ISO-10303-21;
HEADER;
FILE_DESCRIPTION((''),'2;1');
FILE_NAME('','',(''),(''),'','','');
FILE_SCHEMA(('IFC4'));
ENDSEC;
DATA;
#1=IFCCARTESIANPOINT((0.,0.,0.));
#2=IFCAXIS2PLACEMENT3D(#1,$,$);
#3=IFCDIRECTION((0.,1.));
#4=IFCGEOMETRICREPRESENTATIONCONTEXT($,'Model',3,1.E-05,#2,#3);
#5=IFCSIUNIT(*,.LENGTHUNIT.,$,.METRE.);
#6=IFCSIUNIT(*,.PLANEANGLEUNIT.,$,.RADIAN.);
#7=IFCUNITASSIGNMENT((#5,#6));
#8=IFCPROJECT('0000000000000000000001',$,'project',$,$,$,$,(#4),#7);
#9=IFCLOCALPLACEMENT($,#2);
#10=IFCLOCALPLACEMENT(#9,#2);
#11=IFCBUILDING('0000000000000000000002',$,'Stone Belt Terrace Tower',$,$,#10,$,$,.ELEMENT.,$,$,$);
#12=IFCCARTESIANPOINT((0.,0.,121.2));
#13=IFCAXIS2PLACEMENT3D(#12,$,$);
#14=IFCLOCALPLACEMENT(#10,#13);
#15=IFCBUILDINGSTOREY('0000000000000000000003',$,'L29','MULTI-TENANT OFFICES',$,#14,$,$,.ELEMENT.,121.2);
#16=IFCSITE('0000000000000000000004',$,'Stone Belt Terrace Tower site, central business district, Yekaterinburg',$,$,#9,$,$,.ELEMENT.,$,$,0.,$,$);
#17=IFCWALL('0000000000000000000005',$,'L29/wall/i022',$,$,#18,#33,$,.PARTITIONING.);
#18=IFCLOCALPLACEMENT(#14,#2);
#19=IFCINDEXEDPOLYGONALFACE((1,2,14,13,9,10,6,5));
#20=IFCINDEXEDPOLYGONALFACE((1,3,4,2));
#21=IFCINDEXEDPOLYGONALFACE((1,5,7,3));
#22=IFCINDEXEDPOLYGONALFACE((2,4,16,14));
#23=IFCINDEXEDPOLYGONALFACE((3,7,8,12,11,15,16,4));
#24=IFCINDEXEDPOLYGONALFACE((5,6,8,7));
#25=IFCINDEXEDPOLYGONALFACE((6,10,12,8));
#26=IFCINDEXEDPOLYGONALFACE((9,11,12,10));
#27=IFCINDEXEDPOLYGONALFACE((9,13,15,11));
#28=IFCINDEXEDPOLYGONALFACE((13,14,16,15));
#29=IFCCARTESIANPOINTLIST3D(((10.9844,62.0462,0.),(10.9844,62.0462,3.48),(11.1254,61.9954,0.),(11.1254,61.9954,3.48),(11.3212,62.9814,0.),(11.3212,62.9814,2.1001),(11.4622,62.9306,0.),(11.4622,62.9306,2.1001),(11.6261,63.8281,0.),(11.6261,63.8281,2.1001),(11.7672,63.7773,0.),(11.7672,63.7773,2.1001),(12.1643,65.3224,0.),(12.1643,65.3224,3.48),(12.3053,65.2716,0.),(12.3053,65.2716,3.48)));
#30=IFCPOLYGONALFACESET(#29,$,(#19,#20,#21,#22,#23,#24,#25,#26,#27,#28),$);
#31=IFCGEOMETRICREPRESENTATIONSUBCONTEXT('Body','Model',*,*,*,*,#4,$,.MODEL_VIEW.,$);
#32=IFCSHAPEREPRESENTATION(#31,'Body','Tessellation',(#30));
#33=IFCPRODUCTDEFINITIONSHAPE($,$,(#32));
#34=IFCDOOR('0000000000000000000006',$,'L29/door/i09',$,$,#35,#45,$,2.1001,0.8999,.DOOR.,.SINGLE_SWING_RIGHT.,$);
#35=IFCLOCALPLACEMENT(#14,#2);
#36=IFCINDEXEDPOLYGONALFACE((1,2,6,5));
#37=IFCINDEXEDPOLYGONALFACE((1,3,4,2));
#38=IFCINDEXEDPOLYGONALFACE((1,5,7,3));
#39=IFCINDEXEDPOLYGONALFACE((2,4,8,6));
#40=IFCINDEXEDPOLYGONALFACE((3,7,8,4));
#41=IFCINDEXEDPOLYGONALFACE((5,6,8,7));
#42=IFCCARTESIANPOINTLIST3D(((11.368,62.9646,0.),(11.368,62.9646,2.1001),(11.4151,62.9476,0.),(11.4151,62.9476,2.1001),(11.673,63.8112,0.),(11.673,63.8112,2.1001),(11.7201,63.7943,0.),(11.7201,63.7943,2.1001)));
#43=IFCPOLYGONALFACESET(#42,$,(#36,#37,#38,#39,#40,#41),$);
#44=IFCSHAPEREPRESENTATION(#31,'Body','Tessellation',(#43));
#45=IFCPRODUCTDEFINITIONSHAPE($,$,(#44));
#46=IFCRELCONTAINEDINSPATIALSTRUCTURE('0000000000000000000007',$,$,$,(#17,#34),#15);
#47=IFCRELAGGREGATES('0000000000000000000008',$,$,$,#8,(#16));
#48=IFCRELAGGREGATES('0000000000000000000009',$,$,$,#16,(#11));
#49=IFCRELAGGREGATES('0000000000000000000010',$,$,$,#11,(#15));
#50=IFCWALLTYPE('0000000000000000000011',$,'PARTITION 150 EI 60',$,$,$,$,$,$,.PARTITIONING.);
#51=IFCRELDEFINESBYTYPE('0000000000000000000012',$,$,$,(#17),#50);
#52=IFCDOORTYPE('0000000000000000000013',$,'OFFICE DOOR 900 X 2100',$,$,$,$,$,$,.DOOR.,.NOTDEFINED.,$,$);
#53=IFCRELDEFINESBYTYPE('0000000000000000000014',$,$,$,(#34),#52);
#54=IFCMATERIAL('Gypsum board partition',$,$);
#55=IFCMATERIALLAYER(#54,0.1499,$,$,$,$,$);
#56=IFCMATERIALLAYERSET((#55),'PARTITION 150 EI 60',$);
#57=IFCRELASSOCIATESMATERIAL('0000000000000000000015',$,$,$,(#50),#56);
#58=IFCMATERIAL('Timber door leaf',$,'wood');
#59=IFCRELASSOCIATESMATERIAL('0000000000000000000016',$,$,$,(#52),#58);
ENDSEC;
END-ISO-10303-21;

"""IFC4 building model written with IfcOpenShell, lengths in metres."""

from ifc_helpers import new_model, si_unit, direction, frame, frame_2d, origin, place, context, subcontext, project, spatial, rectangle, extrude, material, layer, layer_set, type_object, element, fill, save


model = new_model("IFC4")

# Units and contexts
model_context = context("Model", 3, precision=1e-05, world=origin(), true_north=direction((0.0, 1.0)))
body_context = subcontext(model_context, "Body", "Model", "MODEL_VIEW")
ifc_project = project(units=[si_unit("LENGTHUNIT", "METRE"), si_unit("PLANEANGLEUNIT", "RADIAN")], contexts=[model_context])

# Site, building, storey
site_placement = place(None, origin())
site = spatial("IfcSite", under=ifc_project, at=site_placement, Name="Stone Belt Terrace Tower site, central business district, Yekaterinburg", CompositionType="ELEMENT", RefElevation=0.0)
building_placement = place(site_placement, origin())
building = spatial("IfcBuilding", under=site, at=building_placement, Name="Stone Belt Terrace Tower", CompositionType="ELEMENT")
storey_placement = place(building_placement, frame((0.0, 0.0, 121.2)))
storey = spatial("IfcBuildingStorey", under=building, at=storey_placement, Name="L29", Description="MULTI-TENANT OFFICES", CompositionType="ELEMENT", Elevation=121.2)

# Wall, opening, door
ifc_material_1 = material(Name="Gypsum board partition")
ifc_layer_1 = layer(ifc_material_1, 0.1499)
ifc_layer_set_1 = layer_set([ifc_layer_1], Name="PARTITION 150 EI 60")
wall_type_1 = type_object("IfcWallType", Name="PARTITION 150 EI 60", PredefinedType="PARTITIONING", material=ifc_layer_set_1)
wall_1_placement = place(storey_placement, frame((12.2349, 65.2971, 0.0), z_axis=(0.0, 0.0, 1.0), x_axis=(-0.338854, -0.940839, 0.0)))
wall_1 = element("IfcWall", 1, at=wall_1_placement, inside=storey, type_object=wall_type_1, Name="L29/wall/i022", PredefinedType="PARTITIONING", context=body_context, shape_type="SweptSolid", body=[
    extrude(rectangle(XDim=3.4822, YDim=0.1499, at=frame_2d((1.7412, 0.0))), origin(), (0.0, 0.0, 1.0), 3.48),
])
opening_placement = place(wall_1_placement, frame((1.5884, 0.0, 0.0)))
opening = element("IfcOpeningElement", 2, at=opening_placement, cuts=wall_1, PredefinedType="OPENING", context=body_context, shape_type="SweptSolid", body=[
    extrude(rectangle(XDim=0.8999, YDim=2.1001, at=frame_2d((0.45, 1.05))), frame((0.0, 0.085, 0.0), z_axis=(0.0, -1.0, 0.0), x_axis=(1.0, 0.0, 0.0)), (0.0, 0.0, 1.0), 0.1699),
])
ifc_material_2 = material(Name="Timber door leaf", Category="wood")
door_type = type_object("IfcDoorType", Name="OFFICE DOOR 900 X 2100", OperationType="NOTDEFINED", PredefinedType="DOOR", material=ifc_material_2)
door_placement = place(opening_placement, origin())
door = element("IfcDoor", 3, at=door_placement, inside=storey, type_object=door_type, Name="L29/door/i09", OperationType="SINGLE_SWING_RIGHT", OverallHeight=2.1001, OverallWidth=0.8999, PredefinedType="DOOR", context=body_context, shape_type="SweptSolid", body=[
    extrude(rectangle(XDim=0.8999, YDim=2.1001, at=frame_2d((0.45, 1.05))), frame((0.0, 0.0249, 0.0), z_axis=(0.0, -1.0, 0.0), x_axis=(1.0, 0.0, 0.0)), (0.0, 0.0, 1.0), 0.05),
])
fill(opening, door)

save(model, "model.ifc")
